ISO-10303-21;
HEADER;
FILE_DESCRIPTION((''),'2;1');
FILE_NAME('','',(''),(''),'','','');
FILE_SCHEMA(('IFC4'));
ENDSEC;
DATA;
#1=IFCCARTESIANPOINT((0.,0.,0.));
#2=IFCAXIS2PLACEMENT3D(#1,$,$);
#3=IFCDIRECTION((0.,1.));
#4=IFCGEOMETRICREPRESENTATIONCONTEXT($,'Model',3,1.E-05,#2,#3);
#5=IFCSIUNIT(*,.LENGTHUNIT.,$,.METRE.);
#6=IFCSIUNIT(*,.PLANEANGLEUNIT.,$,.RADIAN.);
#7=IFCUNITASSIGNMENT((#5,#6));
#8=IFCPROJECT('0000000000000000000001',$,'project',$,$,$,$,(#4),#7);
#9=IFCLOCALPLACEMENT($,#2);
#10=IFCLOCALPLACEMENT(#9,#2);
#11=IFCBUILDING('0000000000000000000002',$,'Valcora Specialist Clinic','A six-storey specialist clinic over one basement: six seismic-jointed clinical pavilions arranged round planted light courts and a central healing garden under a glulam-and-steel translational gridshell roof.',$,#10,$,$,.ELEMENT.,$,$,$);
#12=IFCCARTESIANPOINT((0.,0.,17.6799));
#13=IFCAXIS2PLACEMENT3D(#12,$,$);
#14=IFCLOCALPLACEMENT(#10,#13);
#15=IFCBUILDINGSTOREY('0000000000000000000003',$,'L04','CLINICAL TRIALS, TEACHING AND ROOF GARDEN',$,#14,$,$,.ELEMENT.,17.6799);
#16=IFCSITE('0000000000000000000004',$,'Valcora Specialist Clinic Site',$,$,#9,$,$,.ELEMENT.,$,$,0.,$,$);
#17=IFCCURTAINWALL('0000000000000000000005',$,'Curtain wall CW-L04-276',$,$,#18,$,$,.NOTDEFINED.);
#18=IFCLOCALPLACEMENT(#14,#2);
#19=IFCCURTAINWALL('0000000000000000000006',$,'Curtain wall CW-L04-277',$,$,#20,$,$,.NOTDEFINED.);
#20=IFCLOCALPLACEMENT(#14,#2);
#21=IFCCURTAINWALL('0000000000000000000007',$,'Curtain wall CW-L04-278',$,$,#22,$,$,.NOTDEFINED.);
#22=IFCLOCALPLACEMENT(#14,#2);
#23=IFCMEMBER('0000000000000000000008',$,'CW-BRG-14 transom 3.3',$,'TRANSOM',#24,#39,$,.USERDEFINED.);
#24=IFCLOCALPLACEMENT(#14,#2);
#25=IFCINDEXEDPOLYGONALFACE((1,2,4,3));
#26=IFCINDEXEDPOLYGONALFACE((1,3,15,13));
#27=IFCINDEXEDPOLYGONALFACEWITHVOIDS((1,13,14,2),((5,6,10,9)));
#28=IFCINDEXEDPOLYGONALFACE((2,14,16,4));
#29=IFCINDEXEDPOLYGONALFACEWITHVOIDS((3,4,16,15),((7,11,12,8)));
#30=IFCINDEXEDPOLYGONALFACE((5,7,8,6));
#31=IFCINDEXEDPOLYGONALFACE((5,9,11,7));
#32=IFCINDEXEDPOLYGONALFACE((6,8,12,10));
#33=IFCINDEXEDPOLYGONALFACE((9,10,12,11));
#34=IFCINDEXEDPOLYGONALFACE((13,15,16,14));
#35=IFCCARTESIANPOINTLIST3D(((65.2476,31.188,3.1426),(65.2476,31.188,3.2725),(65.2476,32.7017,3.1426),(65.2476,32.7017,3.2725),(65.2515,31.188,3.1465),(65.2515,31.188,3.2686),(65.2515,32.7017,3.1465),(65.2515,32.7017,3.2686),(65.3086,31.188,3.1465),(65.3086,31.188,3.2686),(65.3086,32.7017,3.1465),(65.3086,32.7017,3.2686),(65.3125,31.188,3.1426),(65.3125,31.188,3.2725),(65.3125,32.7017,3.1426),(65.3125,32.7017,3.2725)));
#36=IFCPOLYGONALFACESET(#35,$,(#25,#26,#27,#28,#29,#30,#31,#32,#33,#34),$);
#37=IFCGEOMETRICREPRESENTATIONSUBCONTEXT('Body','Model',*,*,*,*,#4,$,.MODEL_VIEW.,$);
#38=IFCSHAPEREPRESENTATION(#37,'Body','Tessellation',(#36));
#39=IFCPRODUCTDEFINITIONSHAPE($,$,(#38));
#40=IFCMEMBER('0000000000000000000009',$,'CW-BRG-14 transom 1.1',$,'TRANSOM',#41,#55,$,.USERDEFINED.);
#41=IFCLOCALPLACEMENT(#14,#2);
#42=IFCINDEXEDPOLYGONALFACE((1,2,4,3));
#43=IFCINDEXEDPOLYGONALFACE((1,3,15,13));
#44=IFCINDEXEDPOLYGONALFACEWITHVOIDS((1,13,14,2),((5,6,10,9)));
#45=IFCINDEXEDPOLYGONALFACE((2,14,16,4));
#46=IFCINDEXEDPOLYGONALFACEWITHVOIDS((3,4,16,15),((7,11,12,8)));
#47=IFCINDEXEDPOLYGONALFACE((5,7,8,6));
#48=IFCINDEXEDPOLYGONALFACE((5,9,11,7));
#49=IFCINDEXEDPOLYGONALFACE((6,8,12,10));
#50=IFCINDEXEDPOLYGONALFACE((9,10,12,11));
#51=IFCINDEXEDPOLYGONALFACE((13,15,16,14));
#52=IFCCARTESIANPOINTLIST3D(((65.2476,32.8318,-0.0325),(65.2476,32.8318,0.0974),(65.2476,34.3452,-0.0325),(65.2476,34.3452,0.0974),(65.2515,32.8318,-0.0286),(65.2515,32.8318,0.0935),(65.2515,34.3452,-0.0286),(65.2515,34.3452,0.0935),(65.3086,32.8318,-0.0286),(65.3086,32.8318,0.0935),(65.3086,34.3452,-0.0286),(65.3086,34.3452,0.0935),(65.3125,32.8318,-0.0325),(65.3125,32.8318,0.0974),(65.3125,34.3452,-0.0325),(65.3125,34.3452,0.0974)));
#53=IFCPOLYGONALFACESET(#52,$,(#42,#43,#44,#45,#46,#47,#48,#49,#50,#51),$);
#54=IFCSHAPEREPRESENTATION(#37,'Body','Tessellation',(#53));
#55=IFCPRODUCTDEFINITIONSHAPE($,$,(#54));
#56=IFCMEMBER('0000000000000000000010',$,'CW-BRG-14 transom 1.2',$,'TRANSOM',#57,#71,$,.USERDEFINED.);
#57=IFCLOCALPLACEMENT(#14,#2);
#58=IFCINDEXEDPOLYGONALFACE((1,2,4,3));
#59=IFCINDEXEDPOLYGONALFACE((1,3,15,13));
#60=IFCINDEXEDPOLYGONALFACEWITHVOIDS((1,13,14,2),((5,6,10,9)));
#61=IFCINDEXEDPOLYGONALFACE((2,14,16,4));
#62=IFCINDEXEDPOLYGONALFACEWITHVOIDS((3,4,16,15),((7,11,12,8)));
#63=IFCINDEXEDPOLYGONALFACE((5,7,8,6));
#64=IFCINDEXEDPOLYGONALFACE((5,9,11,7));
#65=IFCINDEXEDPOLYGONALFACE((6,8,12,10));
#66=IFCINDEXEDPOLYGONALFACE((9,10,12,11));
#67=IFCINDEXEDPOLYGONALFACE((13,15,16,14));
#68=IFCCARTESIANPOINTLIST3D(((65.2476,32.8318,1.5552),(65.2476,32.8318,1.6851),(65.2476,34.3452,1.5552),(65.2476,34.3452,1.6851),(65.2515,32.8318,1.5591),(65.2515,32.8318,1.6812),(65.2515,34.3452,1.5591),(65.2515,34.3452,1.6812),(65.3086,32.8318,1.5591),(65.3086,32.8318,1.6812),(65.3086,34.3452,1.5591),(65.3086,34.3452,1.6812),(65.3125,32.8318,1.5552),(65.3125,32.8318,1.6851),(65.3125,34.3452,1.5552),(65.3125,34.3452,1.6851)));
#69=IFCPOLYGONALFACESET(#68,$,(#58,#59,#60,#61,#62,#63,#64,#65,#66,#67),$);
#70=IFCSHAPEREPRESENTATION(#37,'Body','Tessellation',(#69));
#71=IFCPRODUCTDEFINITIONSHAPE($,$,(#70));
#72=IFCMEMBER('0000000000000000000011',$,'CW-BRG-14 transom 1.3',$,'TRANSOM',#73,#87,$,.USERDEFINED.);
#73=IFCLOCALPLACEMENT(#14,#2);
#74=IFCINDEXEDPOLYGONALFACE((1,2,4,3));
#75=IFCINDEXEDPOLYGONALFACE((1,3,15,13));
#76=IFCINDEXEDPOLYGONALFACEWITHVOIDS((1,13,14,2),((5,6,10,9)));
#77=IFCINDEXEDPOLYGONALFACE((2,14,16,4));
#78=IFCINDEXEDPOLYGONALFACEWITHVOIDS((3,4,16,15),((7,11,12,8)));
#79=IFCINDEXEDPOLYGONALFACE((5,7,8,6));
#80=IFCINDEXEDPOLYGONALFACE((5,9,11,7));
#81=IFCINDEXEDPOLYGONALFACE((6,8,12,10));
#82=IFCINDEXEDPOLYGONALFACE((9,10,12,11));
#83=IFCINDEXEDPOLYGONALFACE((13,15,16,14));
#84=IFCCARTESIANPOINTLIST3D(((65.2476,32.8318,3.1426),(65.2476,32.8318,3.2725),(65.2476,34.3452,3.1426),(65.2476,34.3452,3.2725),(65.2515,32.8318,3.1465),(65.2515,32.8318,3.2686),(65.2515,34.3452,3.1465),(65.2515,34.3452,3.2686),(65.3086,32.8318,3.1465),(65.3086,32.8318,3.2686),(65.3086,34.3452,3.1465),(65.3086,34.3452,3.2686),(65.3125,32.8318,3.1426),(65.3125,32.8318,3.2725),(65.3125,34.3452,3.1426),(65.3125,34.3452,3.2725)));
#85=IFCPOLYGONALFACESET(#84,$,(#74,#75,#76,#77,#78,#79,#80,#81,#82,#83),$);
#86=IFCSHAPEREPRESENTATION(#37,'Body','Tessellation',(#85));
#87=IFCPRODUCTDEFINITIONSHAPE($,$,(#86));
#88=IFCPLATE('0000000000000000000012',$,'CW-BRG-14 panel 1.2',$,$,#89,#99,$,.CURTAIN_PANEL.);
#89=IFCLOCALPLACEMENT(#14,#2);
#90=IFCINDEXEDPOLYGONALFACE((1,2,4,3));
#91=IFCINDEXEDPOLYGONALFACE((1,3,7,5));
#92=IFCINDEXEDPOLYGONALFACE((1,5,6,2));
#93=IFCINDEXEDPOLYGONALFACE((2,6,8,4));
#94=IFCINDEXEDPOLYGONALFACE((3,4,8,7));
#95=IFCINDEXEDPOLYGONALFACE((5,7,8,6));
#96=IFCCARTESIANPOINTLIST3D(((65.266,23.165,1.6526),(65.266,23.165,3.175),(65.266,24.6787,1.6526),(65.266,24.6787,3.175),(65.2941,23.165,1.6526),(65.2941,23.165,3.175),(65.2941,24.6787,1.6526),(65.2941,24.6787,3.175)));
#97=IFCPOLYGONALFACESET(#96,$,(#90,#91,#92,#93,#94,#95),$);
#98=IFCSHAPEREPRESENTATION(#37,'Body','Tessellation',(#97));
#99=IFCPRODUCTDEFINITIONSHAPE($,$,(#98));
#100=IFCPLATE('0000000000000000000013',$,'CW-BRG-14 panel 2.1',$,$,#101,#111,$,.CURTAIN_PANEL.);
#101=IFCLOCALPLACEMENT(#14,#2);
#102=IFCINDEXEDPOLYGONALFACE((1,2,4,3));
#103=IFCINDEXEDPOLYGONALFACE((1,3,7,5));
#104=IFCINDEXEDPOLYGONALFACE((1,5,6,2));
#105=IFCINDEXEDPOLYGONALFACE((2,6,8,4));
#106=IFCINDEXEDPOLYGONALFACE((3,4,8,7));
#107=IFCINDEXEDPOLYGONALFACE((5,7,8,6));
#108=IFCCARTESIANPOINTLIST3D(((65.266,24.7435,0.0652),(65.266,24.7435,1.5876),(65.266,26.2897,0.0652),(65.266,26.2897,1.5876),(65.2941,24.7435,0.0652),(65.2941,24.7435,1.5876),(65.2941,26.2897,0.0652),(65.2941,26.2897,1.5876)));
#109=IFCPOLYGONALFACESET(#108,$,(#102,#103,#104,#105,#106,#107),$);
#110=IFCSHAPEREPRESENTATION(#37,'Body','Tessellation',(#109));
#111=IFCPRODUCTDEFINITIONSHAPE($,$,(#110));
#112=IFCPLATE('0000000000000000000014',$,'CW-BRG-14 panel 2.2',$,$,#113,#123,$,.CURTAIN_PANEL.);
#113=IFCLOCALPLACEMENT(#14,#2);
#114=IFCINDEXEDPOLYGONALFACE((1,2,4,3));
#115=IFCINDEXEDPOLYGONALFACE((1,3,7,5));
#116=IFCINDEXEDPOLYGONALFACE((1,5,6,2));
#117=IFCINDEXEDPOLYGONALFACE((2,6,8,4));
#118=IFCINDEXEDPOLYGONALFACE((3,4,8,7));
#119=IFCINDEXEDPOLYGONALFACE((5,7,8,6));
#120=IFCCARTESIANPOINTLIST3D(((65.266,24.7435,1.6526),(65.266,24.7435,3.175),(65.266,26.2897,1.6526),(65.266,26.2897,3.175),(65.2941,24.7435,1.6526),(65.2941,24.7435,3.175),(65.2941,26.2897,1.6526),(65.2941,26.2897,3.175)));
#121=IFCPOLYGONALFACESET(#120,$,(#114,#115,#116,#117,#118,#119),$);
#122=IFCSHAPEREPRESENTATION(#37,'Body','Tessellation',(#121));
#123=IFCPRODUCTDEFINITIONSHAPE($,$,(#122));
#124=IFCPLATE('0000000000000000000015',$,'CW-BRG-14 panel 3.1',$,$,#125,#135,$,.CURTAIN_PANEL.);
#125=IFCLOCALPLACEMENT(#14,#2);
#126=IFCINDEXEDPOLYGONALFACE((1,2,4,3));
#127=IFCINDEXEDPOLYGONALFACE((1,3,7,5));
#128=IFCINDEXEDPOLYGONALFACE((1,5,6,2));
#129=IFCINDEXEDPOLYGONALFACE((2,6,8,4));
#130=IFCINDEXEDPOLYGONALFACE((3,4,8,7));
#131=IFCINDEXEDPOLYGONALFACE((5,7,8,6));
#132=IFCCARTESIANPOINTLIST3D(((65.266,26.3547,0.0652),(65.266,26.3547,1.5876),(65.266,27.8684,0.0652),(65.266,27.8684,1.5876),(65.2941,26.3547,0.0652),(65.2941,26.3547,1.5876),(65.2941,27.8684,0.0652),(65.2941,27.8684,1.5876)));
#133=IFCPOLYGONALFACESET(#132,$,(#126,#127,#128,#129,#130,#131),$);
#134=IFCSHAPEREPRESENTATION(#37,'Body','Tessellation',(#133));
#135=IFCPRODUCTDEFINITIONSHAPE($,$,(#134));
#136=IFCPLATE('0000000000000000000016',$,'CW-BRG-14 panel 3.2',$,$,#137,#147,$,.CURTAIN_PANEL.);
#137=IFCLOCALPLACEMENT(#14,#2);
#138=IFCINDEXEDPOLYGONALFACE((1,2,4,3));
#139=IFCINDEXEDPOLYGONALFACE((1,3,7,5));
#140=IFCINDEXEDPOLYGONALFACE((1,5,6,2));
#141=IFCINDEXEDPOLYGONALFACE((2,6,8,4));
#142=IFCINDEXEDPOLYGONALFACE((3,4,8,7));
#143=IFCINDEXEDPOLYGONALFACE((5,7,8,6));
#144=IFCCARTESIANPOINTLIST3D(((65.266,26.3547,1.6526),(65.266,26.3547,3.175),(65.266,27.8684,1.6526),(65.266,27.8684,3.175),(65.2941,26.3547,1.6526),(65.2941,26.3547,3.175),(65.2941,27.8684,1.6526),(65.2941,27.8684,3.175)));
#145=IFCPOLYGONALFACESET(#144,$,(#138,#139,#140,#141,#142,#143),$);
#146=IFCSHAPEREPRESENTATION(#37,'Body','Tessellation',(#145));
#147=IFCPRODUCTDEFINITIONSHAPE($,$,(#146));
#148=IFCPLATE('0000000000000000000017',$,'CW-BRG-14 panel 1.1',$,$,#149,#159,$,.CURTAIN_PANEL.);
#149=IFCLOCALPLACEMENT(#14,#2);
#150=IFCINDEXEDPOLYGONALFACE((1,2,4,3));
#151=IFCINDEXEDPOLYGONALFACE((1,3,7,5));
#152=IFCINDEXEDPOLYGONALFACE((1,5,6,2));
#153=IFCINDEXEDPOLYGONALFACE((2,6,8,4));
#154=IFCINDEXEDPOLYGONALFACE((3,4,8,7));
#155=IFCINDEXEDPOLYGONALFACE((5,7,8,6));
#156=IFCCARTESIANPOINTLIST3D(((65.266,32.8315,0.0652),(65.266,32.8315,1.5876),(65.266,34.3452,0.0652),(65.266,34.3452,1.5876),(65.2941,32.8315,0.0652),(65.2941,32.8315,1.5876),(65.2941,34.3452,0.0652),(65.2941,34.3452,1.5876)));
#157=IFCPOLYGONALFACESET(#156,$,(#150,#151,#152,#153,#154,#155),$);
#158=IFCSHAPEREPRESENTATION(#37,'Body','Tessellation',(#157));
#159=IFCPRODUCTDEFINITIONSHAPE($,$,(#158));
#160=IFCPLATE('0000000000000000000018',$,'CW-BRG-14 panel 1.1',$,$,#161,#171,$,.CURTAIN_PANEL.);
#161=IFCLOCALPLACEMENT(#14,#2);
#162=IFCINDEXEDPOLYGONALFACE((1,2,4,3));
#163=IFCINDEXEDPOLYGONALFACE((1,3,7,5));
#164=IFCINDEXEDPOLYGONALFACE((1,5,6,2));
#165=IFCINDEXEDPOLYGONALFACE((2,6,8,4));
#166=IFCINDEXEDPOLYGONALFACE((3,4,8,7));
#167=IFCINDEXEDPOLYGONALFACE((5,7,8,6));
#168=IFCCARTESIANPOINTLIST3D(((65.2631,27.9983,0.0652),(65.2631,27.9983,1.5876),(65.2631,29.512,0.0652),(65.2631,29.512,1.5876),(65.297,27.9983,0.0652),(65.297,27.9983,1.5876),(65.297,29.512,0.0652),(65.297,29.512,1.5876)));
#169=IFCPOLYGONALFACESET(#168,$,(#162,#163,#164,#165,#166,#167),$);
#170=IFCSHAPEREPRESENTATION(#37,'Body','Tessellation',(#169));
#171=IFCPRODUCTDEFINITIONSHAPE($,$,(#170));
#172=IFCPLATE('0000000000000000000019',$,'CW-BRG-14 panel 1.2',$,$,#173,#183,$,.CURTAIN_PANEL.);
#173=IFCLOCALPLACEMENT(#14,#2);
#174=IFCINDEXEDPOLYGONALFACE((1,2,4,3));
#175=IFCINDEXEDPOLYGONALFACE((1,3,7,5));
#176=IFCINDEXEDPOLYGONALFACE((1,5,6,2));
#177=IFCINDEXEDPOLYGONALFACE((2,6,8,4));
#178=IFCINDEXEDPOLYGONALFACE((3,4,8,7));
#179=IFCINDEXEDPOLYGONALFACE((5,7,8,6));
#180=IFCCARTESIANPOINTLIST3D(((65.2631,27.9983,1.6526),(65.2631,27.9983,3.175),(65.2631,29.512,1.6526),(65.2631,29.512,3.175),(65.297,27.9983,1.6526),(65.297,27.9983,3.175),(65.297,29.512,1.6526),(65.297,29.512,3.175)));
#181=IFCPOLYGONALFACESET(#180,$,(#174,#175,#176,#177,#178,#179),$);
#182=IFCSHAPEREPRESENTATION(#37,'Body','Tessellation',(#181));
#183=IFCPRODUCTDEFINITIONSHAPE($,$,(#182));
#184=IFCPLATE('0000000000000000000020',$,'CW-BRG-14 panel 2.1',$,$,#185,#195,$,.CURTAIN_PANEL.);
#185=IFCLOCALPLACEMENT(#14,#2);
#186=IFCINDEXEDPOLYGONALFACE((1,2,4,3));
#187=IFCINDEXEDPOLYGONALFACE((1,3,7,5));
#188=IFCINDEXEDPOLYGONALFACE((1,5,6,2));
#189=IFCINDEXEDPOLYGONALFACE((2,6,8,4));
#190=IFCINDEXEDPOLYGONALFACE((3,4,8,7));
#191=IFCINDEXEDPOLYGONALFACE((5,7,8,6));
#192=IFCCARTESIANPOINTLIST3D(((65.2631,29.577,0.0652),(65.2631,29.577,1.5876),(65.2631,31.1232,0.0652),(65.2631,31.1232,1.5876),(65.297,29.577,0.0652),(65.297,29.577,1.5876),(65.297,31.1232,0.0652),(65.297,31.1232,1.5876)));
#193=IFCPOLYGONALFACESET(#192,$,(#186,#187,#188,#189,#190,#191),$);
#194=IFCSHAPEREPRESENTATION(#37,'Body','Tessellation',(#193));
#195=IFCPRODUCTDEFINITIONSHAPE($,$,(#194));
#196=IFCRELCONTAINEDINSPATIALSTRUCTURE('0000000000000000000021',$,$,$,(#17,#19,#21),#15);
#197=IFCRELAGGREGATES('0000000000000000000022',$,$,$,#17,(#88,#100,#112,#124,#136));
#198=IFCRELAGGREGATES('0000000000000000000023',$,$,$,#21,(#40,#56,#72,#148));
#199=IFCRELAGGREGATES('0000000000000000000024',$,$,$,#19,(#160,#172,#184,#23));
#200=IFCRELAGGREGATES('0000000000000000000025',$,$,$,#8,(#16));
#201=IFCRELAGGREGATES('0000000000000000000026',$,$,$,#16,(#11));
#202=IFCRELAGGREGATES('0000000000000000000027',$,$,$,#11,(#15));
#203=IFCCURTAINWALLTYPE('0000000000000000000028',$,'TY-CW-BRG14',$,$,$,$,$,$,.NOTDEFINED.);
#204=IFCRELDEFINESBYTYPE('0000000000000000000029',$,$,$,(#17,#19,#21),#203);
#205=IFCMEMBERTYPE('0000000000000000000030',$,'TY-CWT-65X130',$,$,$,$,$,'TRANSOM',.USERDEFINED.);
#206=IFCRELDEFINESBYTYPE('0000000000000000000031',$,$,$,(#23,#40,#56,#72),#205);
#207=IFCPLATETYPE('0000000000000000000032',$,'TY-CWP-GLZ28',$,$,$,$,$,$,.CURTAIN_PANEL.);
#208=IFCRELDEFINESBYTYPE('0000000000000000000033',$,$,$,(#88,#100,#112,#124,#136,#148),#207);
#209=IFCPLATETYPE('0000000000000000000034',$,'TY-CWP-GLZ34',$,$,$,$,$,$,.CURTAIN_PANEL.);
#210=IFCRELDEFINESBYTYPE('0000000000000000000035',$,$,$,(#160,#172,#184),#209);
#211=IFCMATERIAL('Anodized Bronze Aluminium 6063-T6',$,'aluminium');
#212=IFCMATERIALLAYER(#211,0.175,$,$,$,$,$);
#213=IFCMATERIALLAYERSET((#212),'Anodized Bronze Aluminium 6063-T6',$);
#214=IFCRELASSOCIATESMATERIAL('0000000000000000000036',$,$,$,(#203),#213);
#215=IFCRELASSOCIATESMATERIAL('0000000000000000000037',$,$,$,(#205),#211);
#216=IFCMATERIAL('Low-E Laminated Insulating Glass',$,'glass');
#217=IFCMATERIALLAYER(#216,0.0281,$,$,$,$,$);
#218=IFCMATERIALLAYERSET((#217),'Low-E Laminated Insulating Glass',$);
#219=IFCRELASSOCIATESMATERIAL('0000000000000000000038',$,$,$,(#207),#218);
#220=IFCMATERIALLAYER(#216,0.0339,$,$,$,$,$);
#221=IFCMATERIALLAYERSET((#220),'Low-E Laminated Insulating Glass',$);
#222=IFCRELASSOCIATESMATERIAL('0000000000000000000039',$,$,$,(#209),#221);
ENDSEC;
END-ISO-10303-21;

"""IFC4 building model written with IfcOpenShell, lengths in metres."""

from ifc_helpers import new_model, si_unit, direction, frame, origin, origin_2d, place, context, subcontext, project, spatial, rectangle, hollow_rectangle, extrude, material, layer, layer_set, material_profile, profile_set, type_object, element, aggregate, save


model = new_model("IFC4")

# Units and contexts
model_context = context("Model", 3, precision=1e-05, world=origin(), true_north=direction((0.0, 1.0)))
body_context = subcontext(model_context, "Body", "Model", "MODEL_VIEW")
ifc_project = project(units=[si_unit("LENGTHUNIT", "METRE"), si_unit("PLANEANGLEUNIT", "RADIAN")], contexts=[model_context])

# Site, building, storey
site_placement = place(None, origin())
site = spatial("IfcSite", under=ifc_project, at=site_placement, Name="Valcora Specialist Clinic Site", CompositionType="ELEMENT", RefElevation=0.0)
building_placement = place(site_placement, origin())
building = spatial("IfcBuilding", under=site, at=building_placement, Name="Valcora Specialist Clinic", Description="A six-storey specialist clinic over one basement: six seismic-jointed clinical pavilions arranged round planted light courts and a central healing garden under a glulam-and-steel translational gridshell roof.", CompositionType="ELEMENT")
storey_placement = place(building_placement, frame((0.0, 0.0, 17.6799)))
storey = spatial("IfcBuildingStorey", under=building, at=storey_placement, Name="L04", Description="CLINICAL TRIALS, TEACHING AND ROOF GARDEN", CompositionType="ELEMENT", Elevation=17.6799)

# Curtain walls
ifc_material_1 = material(Name="Anodized Bronze Aluminium 6063-T6", Category="aluminium")
ifc_layer_1 = layer(ifc_material_1, 0.175)
ifc_layer_set_1 = layer_set([ifc_layer_1], Name="Anodized Bronze Aluminium 6063-T6")
curtain_wall_type = type_object("IfcCurtainWallType", Name="TY-CW-BRG14", PredefinedType="NOTDEFINED", material=ifc_layer_set_1)
curtain_wall_1_placement = place(storey_placement, origin())
curtain_wall_1 = element("IfcCurtainWall", 1, at=curtain_wall_1_placement, inside=storey, type_object=curtain_wall_type, Name="Curtain wall CW-L04-276", PredefinedType="NOTDEFINED")
curtain_wall_2_placement = place(storey_placement, origin())
curtain_wall_2 = element("IfcCurtainWall", 2, at=curtain_wall_2_placement, inside=storey, type_object=curtain_wall_type, Name="Curtain wall CW-L04-277", PredefinedType="NOTDEFINED")

# Curtain wall
curtain_wall_3_placement = place(storey_placement, origin())
curtain_wall_3 = element("IfcCurtainWall", 3, at=curtain_wall_3_placement, inside=storey, type_object=curtain_wall_type, Name="Curtain wall CW-L04-278", PredefinedType="NOTDEFINED")

# Members
ifc_material_profile_1 = material_profile(ifc_material_1, hollow_rectangle(XDim=0.0649, YDim=0.1299, WallThickness=0.0039, at=origin_2d()), Name="AL-TRN-65X130")
ifc_profile_set_1 = profile_set([ifc_material_profile_1], Name="Anodized Bronze Aluminium 6063-T6")
member_type_1 = type_object("IfcMemberType", Name="TY-CWT-65X130", ElementType="TRANSOM", PredefinedType="USERDEFINED", material=ifc_profile_set_1)
member_1_placement = place(storey_placement, frame((65.28, 31.188, 3.2075), z_axis=(0.0, 1.0, 0.0), x_axis=(-1.0, 0.0, 0.0)))
member_1 = element("IfcMember", 4, at=member_1_placement, type_object=member_type_1, Name="CW-BRG-14 transom 3.3", ObjectType="TRANSOM", PredefinedType="USERDEFINED", context=body_context, shape_type="SweptSolid", body=[
    extrude(hollow_rectangle(XDim=0.0649, YDim=0.1299, WallThickness=0.0039, at=origin_2d()), origin(), (0.0, 0.0, 1.0), 1.5137),
])
member_2_placement = place(storey_placement, frame((65.28, 32.8318, 0.0325), z_axis=(0.0, 1.0, 0.0), x_axis=(-1.0, 0.0, 0.0)))
member_2 = element("IfcMember", 5, at=member_2_placement, type_object=member_type_1, Name="CW-BRG-14 transom 1.1", ObjectType="TRANSOM", PredefinedType="USERDEFINED", context=body_context, shape_type="SweptSolid", body=[
    extrude(hollow_rectangle(XDim=0.0649, YDim=0.1299, WallThickness=0.0039, at=origin_2d()), origin(), (0.0, 0.0, 1.0), 1.5134),
])
member_3_placement = place(storey_placement, frame((65.28, 32.8318, 1.6201), z_axis=(0.0, 1.0, 0.0), x_axis=(-1.0, 0.0, 0.0)))
member_3 = element("IfcMember", 6, at=member_3_placement, type_object=member_type_1, Name="CW-BRG-14 transom 1.2", ObjectType="TRANSOM", PredefinedType="USERDEFINED", context=body_context, shape_type="SweptSolid", body=[
    extrude(hollow_rectangle(XDim=0.0649, YDim=0.1299, WallThickness=0.0039, at=origin_2d()), origin(), (0.0, 0.0, 1.0), 1.5134),
])
member_4_placement = place(storey_placement, frame((65.28, 32.8318, 3.2075), z_axis=(0.0, 1.0, 0.0), x_axis=(-1.0, 0.0, 0.0)))
member_4 = element("IfcMember", 7, at=member_4_placement, type_object=member_type_1, Name="CW-BRG-14 transom 1.3", ObjectType="TRANSOM", PredefinedType="USERDEFINED", context=body_context, shape_type="SweptSolid", body=[
    extrude(hollow_rectangle(XDim=0.0649, YDim=0.1299, WallThickness=0.0039, at=origin_2d()), origin(), (0.0, 0.0, 1.0), 1.5134),
])

# Plates
ifc_material_2 = material(Name="Low-E Laminated Insulating Glass", Category="glass")
ifc_layer_2 = layer(ifc_material_2, 0.0281)
ifc_layer_set_2 = layer_set([ifc_layer_2], Name="Low-E Laminated Insulating Glass")
plate_type_1 = type_object("IfcPlateType", Name="TY-CWP-GLZ28", PredefinedType="CURTAIN_PANEL", material=ifc_layer_set_2)
plate_1_placement = place(storey_placement, frame((65.28, 23.9219, 1.6526), z_axis=(0.0, 0.0, 1.0), x_axis=(0.0, 1.0, 0.0)))
plate_1 = element("IfcPlate", 8, at=plate_1_placement, type_object=plate_type_1, Name="CW-BRG-14 panel 1.2", PredefinedType="CURTAIN_PANEL", context=body_context, shape_type="SweptSolid", body=[
    extrude(rectangle(XDim=1.5137, YDim=0.0281, at=origin_2d()), origin(), (0.0, 0.0, 1.0), 1.5225),
])
plate_2_placement = place(storey_placement, frame((65.28, 25.5166, 0.0652), z_axis=(0.0, 0.0, 1.0), x_axis=(0.0, 1.0, 0.0)))
plate_2 = element("IfcPlate", 9, at=plate_2_placement, type_object=plate_type_1, Name="CW-BRG-14 panel 2.1", PredefinedType="CURTAIN_PANEL", context=body_context, shape_type="SweptSolid", body=[
    extrude(rectangle(XDim=1.5461, YDim=0.0281, at=origin_2d()), origin(), (0.0, 0.0, 1.0), 1.5225),
])
plate_3_placement = place(storey_placement, frame((65.28, 25.5166, 1.6526), z_axis=(0.0, 0.0, 1.0), x_axis=(0.0, 1.0, 0.0)))
plate_3 = element("IfcPlate", 10, at=plate_3_placement, type_object=plate_type_1, Name="CW-BRG-14 panel 2.2", PredefinedType="CURTAIN_PANEL", context=body_context, shape_type="SweptSolid", body=[
    extrude(rectangle(XDim=1.5461, YDim=0.0281, at=origin_2d()), origin(), (0.0, 0.0, 1.0), 1.5225),
])
plate_4_placement = place(storey_placement, frame((65.28, 27.1116, 0.0652), z_axis=(0.0, 0.0, 1.0), x_axis=(0.0, 1.0, 0.0)))
plate_4 = element("IfcPlate", 11, at=plate_4_placement, type_object=plate_type_1, Name="CW-BRG-14 panel 3.1", PredefinedType="CURTAIN_PANEL", context=body_context, shape_type="SweptSolid", body=[
    extrude(rectangle(XDim=1.5137, YDim=0.0281, at=origin_2d()), origin(), (0.0, 0.0, 1.0), 1.5225),
])
plate_5_placement = place(storey_placement, frame((65.28, 27.1116, 1.6526), z_axis=(0.0, 0.0, 1.0), x_axis=(0.0, 1.0, 0.0)))
plate_5 = element("IfcPlate", 12, at=plate_5_placement, type_object=plate_type_1, Name="CW-BRG-14 panel 3.2", PredefinedType="CURTAIN_PANEL", context=body_context, shape_type="SweptSolid", body=[
    extrude(rectangle(XDim=1.5137, YDim=0.0281, at=origin_2d()), origin(), (0.0, 0.0, 1.0), 1.5225),
])
aggregate(curtain_wall_1, [plate_1, plate_2, plate_3, plate_4, plate_5])
plate_6_placement = place(storey_placement, frame((65.28, 33.5884, 0.0652), z_axis=(0.0, 0.0, 1.0), x_axis=(0.0, 1.0, 0.0)))
plate_6 = element("IfcPlate", 13, at=plate_6_placement, type_object=plate_type_1, Name="CW-BRG-14 panel 1.1", PredefinedType="CURTAIN_PANEL", context=body_context, shape_type="SweptSolid", body=[
    extrude(rectangle(XDim=1.5137, YDim=0.0281, at=origin_2d()), origin(), (0.0, 0.0, 1.0), 1.5225),
])
aggregate(curtain_wall_3, [member_2, member_3, member_4, plate_6])
ifc_layer_3 = layer(ifc_material_2, 0.0339)
ifc_layer_set_3 = layer_set([ifc_layer_3], Name="Low-E Laminated Insulating Glass")
plate_type_2 = type_object("IfcPlateType", Name="TY-CWP-GLZ34", PredefinedType="CURTAIN_PANEL", material=ifc_layer_set_3)
plate_7_placement = place(storey_placement, frame((65.28, 28.7551, 0.0652), z_axis=(0.0, 0.0, 1.0), x_axis=(0.0, 1.0, 0.0)))
plate_7 = element("IfcPlate", 14, at=plate_7_placement, type_object=plate_type_2, Name="CW-BRG-14 panel 1.1", PredefinedType="CURTAIN_PANEL", context=body_context, shape_type="SweptSolid", body=[
    extrude(rectangle(XDim=1.5137, YDim=0.0339, at=origin_2d()), origin(), (0.0, 0.0, 1.0), 1.5225),
])
plate_8_placement = place(storey_placement, frame((65.28, 28.7551, 1.6526), z_axis=(0.0, 0.0, 1.0), x_axis=(0.0, 1.0, 0.0)))
plate_8 = element("IfcPlate", 15, at=plate_8_placement, type_object=plate_type_2, Name="CW-BRG-14 panel 1.2", PredefinedType="CURTAIN_PANEL", context=body_context, shape_type="SweptSolid", body=[
    extrude(rectangle(XDim=1.5137, YDim=0.0339, at=origin_2d()), origin(), (0.0, 0.0, 1.0), 1.5225),
])
plate_9_placement = place(storey_placement, frame((65.28, 30.3501, 0.0652), z_axis=(0.0, 0.0, 1.0), x_axis=(0.0, 1.0, 0.0)))
plate_9 = element("IfcPlate", 16, at=plate_9_placement, type_object=plate_type_2, Name="CW-BRG-14 panel 2.1", PredefinedType="CURTAIN_PANEL", context=body_context, shape_type="SweptSolid", body=[
    extrude(rectangle(XDim=1.5461, YDim=0.0339, at=origin_2d()), origin(), (0.0, 0.0, 1.0), 1.5225),
])
aggregate(curtain_wall_2, [plate_7, plate_8, plate_9, member_1])

save(model, "model.ifc")
